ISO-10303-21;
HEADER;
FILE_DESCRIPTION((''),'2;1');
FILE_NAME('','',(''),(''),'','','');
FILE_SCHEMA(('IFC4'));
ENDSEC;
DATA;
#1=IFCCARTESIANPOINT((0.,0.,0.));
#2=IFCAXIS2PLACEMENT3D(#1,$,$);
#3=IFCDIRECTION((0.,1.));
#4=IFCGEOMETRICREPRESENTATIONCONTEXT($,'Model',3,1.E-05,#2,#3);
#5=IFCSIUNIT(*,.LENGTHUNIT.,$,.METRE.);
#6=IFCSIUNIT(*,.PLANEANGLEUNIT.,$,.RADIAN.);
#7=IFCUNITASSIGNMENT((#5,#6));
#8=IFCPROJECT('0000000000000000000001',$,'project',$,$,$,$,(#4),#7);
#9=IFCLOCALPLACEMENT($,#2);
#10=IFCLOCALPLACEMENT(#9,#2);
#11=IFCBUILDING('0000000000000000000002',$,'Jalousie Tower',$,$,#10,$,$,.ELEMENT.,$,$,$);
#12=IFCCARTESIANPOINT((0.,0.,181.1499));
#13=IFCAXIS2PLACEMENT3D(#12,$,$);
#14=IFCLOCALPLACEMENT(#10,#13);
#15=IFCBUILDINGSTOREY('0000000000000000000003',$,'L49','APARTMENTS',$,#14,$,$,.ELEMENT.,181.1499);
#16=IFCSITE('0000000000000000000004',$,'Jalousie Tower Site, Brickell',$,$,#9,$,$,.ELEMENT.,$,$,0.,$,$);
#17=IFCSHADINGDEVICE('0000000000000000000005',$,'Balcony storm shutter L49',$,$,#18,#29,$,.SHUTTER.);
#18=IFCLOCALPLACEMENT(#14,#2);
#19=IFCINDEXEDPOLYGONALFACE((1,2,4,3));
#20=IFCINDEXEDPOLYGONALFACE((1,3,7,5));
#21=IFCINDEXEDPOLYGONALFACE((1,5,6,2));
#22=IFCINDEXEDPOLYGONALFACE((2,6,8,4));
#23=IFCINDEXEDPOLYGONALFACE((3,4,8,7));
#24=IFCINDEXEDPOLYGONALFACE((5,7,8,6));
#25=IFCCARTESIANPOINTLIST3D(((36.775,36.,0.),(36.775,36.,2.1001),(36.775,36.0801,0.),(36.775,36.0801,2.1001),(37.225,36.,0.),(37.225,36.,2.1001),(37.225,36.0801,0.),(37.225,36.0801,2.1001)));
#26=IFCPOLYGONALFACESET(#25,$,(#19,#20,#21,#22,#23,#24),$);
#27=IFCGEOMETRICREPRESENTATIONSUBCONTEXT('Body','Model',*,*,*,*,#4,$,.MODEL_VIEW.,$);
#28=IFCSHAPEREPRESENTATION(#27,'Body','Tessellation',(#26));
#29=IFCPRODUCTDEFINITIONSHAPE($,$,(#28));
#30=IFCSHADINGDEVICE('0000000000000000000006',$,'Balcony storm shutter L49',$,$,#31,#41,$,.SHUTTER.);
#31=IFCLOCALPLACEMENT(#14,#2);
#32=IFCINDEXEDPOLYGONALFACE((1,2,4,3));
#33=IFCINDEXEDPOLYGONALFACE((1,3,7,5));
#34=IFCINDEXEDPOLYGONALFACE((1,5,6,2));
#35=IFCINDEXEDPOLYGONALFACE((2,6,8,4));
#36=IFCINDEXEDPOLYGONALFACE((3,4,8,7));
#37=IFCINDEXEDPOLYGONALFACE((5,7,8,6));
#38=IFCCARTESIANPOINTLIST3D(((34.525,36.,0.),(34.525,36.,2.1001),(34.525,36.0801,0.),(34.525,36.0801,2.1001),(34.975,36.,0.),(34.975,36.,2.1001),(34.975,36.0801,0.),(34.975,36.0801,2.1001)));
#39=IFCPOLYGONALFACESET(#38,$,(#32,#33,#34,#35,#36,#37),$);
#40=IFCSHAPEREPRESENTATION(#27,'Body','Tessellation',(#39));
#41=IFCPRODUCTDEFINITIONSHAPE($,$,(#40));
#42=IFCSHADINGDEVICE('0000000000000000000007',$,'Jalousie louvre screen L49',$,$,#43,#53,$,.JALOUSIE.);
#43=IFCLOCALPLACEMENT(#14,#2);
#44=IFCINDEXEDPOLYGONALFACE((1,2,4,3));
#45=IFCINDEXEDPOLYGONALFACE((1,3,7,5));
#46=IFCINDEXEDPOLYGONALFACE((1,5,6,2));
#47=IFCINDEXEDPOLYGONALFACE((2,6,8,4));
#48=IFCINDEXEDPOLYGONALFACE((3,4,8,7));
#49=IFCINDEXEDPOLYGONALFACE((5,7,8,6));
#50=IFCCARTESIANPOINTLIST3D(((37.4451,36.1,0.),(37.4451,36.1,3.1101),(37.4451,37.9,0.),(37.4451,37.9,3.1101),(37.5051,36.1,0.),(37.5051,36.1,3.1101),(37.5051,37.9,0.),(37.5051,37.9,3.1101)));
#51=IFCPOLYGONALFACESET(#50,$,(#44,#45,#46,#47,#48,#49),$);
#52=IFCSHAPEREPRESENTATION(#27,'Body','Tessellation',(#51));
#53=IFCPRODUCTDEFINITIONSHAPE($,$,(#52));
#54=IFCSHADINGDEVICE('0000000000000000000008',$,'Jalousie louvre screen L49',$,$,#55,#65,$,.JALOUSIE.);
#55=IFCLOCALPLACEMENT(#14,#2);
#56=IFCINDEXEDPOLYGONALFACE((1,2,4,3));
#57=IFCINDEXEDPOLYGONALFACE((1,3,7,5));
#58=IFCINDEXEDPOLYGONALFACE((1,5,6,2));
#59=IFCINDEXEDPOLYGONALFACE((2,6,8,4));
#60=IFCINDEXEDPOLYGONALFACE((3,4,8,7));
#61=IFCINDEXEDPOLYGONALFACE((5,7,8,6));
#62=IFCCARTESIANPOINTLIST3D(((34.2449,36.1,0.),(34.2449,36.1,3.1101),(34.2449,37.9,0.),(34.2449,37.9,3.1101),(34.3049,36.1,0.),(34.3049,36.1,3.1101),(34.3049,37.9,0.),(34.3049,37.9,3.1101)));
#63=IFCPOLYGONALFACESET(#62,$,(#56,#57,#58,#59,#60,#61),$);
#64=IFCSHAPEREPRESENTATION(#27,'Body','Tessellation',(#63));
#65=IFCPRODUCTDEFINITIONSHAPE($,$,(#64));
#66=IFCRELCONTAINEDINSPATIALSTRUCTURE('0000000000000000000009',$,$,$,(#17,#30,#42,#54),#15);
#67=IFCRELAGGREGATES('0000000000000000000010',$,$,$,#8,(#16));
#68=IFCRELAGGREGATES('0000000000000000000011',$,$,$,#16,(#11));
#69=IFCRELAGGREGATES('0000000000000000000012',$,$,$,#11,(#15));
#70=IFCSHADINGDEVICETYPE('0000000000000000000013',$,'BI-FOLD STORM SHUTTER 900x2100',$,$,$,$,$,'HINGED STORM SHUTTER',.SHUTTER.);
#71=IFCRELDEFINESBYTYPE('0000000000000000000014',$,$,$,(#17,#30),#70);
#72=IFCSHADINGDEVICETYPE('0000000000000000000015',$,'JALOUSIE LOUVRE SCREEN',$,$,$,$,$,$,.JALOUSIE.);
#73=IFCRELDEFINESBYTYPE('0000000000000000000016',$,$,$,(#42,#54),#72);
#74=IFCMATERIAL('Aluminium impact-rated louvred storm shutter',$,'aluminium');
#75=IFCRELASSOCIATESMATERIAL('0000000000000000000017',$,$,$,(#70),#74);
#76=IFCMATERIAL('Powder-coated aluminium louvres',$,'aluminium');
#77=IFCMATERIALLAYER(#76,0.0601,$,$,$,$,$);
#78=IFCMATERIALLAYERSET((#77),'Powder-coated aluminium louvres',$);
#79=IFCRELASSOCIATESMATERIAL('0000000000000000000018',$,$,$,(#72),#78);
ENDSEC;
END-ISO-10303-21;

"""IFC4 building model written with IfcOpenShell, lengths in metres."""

from ifc_helpers import new_model, si_unit, direction, frame, origin, origin_2d, place, context, subcontext, project, spatial, rectangle, extrude, material, layer, layer_set, type_object, element, save


model = new_model("IFC4")

# Units and contexts
model_context = context("Model", 3, precision=1e-05, world=origin(), true_north=direction((0.0, 1.0)))
body_context = subcontext(model_context, "Body", "Model", "MODEL_VIEW")
ifc_project = project(units=[si_unit("LENGTHUNIT", "METRE"), si_unit("PLANEANGLEUNIT", "RADIAN")], contexts=[model_context])

# Site, building, storey
site_placement = place(None, origin())
site = spatial("IfcSite", under=ifc_project, at=site_placement, Name="Jalousie Tower Site, Brickell", CompositionType="ELEMENT", RefElevation=0.0)
building_placement = place(site_placement, origin())
building = spatial("IfcBuilding", under=site, at=building_placement, Name="Jalousie Tower", CompositionType="ELEMENT")
storey_placement = place(building_placement, frame((0.0, 0.0, 181.1499)))
storey = spatial("IfcBuildingStorey", under=building, at=storey_placement, Name="L49", Description="APARTMENTS", CompositionType="ELEMENT", Elevation=181.1499)

# Shading devices
ifc_material_1 = material(Name="Aluminium impact-rated louvred storm shutter", Category="aluminium")
shading_device_type_1 = type_object("IfcShadingDeviceType", Name="BI-FOLD STORM SHUTTER 900x2100", ElementType="HINGED STORM SHUTTER", PredefinedType="SHUTTER", material=ifc_material_1)
for number, where, z_axis, x_axis, name in (
    (1, (37.0, 36.04, 0.0), (0.0, 0.0, 1.0), (-1.0, 0.0, 0.0), "Balcony storm shutter L49"),
    (2, (34.75, 36.04, 0.0), (0.0, 0.0, 1.0), (-1.0, 0.0, 0.0), "Balcony storm shutter L49"),
):
    element("IfcShadingDevice", number, at=place(storey_placement, frame(where, z_axis=z_axis, x_axis=x_axis)), inside=storey, type_object=shading_device_type_1, Name=name, PredefinedType="SHUTTER", context=body_context, shape_type="SweptSolid", body=[
        extrude(rectangle(XDim=0.45, YDim=0.0801, at=origin_2d()), origin(), (0.0, 0.0, 1.0), 2.1001),
    ])

# Shading devices
ifc_material_2 = material(Name="Powder-coated aluminium louvres", Category="aluminium")
ifc_layer_1 = layer(ifc_material_2, 0.0601)
ifc_layer_set_1 = layer_set([ifc_layer_1], Name="Powder-coated aluminium louvres")
shading_device_type_2 = type_object("IfcShadingDeviceType", Name="JALOUSIE LOUVRE SCREEN", PredefinedType="JALOUSIE", material=ifc_layer_set_1)
for number, where, z_axis, x_axis, name in (
    (3, (37.4751, 37.0, 0.0), (0.0, 0.0, 1.0), (-1.0, 0.0, 0.0), "Jalousie louvre screen L49"),
    (4, (34.2749, 37.0, 0.0), (0.0, 0.0, 1.0), (-1.0, 0.0, 0.0), "Jalousie louvre screen L49"),
):
    element("IfcShadingDevice", number, at=place(storey_placement, frame(where, z_axis=z_axis, x_axis=x_axis)), inside=storey, type_object=shading_device_type_2, Name=name, PredefinedType="JALOUSIE", context=body_context, shape_type="SweptSolid", body=[
        extrude(rectangle(XDim=0.0601, YDim=1.8, at=origin_2d()), origin(), (0.0, 0.0, 1.0), 3.1101),
    ])

save(model, "model.ifc")
